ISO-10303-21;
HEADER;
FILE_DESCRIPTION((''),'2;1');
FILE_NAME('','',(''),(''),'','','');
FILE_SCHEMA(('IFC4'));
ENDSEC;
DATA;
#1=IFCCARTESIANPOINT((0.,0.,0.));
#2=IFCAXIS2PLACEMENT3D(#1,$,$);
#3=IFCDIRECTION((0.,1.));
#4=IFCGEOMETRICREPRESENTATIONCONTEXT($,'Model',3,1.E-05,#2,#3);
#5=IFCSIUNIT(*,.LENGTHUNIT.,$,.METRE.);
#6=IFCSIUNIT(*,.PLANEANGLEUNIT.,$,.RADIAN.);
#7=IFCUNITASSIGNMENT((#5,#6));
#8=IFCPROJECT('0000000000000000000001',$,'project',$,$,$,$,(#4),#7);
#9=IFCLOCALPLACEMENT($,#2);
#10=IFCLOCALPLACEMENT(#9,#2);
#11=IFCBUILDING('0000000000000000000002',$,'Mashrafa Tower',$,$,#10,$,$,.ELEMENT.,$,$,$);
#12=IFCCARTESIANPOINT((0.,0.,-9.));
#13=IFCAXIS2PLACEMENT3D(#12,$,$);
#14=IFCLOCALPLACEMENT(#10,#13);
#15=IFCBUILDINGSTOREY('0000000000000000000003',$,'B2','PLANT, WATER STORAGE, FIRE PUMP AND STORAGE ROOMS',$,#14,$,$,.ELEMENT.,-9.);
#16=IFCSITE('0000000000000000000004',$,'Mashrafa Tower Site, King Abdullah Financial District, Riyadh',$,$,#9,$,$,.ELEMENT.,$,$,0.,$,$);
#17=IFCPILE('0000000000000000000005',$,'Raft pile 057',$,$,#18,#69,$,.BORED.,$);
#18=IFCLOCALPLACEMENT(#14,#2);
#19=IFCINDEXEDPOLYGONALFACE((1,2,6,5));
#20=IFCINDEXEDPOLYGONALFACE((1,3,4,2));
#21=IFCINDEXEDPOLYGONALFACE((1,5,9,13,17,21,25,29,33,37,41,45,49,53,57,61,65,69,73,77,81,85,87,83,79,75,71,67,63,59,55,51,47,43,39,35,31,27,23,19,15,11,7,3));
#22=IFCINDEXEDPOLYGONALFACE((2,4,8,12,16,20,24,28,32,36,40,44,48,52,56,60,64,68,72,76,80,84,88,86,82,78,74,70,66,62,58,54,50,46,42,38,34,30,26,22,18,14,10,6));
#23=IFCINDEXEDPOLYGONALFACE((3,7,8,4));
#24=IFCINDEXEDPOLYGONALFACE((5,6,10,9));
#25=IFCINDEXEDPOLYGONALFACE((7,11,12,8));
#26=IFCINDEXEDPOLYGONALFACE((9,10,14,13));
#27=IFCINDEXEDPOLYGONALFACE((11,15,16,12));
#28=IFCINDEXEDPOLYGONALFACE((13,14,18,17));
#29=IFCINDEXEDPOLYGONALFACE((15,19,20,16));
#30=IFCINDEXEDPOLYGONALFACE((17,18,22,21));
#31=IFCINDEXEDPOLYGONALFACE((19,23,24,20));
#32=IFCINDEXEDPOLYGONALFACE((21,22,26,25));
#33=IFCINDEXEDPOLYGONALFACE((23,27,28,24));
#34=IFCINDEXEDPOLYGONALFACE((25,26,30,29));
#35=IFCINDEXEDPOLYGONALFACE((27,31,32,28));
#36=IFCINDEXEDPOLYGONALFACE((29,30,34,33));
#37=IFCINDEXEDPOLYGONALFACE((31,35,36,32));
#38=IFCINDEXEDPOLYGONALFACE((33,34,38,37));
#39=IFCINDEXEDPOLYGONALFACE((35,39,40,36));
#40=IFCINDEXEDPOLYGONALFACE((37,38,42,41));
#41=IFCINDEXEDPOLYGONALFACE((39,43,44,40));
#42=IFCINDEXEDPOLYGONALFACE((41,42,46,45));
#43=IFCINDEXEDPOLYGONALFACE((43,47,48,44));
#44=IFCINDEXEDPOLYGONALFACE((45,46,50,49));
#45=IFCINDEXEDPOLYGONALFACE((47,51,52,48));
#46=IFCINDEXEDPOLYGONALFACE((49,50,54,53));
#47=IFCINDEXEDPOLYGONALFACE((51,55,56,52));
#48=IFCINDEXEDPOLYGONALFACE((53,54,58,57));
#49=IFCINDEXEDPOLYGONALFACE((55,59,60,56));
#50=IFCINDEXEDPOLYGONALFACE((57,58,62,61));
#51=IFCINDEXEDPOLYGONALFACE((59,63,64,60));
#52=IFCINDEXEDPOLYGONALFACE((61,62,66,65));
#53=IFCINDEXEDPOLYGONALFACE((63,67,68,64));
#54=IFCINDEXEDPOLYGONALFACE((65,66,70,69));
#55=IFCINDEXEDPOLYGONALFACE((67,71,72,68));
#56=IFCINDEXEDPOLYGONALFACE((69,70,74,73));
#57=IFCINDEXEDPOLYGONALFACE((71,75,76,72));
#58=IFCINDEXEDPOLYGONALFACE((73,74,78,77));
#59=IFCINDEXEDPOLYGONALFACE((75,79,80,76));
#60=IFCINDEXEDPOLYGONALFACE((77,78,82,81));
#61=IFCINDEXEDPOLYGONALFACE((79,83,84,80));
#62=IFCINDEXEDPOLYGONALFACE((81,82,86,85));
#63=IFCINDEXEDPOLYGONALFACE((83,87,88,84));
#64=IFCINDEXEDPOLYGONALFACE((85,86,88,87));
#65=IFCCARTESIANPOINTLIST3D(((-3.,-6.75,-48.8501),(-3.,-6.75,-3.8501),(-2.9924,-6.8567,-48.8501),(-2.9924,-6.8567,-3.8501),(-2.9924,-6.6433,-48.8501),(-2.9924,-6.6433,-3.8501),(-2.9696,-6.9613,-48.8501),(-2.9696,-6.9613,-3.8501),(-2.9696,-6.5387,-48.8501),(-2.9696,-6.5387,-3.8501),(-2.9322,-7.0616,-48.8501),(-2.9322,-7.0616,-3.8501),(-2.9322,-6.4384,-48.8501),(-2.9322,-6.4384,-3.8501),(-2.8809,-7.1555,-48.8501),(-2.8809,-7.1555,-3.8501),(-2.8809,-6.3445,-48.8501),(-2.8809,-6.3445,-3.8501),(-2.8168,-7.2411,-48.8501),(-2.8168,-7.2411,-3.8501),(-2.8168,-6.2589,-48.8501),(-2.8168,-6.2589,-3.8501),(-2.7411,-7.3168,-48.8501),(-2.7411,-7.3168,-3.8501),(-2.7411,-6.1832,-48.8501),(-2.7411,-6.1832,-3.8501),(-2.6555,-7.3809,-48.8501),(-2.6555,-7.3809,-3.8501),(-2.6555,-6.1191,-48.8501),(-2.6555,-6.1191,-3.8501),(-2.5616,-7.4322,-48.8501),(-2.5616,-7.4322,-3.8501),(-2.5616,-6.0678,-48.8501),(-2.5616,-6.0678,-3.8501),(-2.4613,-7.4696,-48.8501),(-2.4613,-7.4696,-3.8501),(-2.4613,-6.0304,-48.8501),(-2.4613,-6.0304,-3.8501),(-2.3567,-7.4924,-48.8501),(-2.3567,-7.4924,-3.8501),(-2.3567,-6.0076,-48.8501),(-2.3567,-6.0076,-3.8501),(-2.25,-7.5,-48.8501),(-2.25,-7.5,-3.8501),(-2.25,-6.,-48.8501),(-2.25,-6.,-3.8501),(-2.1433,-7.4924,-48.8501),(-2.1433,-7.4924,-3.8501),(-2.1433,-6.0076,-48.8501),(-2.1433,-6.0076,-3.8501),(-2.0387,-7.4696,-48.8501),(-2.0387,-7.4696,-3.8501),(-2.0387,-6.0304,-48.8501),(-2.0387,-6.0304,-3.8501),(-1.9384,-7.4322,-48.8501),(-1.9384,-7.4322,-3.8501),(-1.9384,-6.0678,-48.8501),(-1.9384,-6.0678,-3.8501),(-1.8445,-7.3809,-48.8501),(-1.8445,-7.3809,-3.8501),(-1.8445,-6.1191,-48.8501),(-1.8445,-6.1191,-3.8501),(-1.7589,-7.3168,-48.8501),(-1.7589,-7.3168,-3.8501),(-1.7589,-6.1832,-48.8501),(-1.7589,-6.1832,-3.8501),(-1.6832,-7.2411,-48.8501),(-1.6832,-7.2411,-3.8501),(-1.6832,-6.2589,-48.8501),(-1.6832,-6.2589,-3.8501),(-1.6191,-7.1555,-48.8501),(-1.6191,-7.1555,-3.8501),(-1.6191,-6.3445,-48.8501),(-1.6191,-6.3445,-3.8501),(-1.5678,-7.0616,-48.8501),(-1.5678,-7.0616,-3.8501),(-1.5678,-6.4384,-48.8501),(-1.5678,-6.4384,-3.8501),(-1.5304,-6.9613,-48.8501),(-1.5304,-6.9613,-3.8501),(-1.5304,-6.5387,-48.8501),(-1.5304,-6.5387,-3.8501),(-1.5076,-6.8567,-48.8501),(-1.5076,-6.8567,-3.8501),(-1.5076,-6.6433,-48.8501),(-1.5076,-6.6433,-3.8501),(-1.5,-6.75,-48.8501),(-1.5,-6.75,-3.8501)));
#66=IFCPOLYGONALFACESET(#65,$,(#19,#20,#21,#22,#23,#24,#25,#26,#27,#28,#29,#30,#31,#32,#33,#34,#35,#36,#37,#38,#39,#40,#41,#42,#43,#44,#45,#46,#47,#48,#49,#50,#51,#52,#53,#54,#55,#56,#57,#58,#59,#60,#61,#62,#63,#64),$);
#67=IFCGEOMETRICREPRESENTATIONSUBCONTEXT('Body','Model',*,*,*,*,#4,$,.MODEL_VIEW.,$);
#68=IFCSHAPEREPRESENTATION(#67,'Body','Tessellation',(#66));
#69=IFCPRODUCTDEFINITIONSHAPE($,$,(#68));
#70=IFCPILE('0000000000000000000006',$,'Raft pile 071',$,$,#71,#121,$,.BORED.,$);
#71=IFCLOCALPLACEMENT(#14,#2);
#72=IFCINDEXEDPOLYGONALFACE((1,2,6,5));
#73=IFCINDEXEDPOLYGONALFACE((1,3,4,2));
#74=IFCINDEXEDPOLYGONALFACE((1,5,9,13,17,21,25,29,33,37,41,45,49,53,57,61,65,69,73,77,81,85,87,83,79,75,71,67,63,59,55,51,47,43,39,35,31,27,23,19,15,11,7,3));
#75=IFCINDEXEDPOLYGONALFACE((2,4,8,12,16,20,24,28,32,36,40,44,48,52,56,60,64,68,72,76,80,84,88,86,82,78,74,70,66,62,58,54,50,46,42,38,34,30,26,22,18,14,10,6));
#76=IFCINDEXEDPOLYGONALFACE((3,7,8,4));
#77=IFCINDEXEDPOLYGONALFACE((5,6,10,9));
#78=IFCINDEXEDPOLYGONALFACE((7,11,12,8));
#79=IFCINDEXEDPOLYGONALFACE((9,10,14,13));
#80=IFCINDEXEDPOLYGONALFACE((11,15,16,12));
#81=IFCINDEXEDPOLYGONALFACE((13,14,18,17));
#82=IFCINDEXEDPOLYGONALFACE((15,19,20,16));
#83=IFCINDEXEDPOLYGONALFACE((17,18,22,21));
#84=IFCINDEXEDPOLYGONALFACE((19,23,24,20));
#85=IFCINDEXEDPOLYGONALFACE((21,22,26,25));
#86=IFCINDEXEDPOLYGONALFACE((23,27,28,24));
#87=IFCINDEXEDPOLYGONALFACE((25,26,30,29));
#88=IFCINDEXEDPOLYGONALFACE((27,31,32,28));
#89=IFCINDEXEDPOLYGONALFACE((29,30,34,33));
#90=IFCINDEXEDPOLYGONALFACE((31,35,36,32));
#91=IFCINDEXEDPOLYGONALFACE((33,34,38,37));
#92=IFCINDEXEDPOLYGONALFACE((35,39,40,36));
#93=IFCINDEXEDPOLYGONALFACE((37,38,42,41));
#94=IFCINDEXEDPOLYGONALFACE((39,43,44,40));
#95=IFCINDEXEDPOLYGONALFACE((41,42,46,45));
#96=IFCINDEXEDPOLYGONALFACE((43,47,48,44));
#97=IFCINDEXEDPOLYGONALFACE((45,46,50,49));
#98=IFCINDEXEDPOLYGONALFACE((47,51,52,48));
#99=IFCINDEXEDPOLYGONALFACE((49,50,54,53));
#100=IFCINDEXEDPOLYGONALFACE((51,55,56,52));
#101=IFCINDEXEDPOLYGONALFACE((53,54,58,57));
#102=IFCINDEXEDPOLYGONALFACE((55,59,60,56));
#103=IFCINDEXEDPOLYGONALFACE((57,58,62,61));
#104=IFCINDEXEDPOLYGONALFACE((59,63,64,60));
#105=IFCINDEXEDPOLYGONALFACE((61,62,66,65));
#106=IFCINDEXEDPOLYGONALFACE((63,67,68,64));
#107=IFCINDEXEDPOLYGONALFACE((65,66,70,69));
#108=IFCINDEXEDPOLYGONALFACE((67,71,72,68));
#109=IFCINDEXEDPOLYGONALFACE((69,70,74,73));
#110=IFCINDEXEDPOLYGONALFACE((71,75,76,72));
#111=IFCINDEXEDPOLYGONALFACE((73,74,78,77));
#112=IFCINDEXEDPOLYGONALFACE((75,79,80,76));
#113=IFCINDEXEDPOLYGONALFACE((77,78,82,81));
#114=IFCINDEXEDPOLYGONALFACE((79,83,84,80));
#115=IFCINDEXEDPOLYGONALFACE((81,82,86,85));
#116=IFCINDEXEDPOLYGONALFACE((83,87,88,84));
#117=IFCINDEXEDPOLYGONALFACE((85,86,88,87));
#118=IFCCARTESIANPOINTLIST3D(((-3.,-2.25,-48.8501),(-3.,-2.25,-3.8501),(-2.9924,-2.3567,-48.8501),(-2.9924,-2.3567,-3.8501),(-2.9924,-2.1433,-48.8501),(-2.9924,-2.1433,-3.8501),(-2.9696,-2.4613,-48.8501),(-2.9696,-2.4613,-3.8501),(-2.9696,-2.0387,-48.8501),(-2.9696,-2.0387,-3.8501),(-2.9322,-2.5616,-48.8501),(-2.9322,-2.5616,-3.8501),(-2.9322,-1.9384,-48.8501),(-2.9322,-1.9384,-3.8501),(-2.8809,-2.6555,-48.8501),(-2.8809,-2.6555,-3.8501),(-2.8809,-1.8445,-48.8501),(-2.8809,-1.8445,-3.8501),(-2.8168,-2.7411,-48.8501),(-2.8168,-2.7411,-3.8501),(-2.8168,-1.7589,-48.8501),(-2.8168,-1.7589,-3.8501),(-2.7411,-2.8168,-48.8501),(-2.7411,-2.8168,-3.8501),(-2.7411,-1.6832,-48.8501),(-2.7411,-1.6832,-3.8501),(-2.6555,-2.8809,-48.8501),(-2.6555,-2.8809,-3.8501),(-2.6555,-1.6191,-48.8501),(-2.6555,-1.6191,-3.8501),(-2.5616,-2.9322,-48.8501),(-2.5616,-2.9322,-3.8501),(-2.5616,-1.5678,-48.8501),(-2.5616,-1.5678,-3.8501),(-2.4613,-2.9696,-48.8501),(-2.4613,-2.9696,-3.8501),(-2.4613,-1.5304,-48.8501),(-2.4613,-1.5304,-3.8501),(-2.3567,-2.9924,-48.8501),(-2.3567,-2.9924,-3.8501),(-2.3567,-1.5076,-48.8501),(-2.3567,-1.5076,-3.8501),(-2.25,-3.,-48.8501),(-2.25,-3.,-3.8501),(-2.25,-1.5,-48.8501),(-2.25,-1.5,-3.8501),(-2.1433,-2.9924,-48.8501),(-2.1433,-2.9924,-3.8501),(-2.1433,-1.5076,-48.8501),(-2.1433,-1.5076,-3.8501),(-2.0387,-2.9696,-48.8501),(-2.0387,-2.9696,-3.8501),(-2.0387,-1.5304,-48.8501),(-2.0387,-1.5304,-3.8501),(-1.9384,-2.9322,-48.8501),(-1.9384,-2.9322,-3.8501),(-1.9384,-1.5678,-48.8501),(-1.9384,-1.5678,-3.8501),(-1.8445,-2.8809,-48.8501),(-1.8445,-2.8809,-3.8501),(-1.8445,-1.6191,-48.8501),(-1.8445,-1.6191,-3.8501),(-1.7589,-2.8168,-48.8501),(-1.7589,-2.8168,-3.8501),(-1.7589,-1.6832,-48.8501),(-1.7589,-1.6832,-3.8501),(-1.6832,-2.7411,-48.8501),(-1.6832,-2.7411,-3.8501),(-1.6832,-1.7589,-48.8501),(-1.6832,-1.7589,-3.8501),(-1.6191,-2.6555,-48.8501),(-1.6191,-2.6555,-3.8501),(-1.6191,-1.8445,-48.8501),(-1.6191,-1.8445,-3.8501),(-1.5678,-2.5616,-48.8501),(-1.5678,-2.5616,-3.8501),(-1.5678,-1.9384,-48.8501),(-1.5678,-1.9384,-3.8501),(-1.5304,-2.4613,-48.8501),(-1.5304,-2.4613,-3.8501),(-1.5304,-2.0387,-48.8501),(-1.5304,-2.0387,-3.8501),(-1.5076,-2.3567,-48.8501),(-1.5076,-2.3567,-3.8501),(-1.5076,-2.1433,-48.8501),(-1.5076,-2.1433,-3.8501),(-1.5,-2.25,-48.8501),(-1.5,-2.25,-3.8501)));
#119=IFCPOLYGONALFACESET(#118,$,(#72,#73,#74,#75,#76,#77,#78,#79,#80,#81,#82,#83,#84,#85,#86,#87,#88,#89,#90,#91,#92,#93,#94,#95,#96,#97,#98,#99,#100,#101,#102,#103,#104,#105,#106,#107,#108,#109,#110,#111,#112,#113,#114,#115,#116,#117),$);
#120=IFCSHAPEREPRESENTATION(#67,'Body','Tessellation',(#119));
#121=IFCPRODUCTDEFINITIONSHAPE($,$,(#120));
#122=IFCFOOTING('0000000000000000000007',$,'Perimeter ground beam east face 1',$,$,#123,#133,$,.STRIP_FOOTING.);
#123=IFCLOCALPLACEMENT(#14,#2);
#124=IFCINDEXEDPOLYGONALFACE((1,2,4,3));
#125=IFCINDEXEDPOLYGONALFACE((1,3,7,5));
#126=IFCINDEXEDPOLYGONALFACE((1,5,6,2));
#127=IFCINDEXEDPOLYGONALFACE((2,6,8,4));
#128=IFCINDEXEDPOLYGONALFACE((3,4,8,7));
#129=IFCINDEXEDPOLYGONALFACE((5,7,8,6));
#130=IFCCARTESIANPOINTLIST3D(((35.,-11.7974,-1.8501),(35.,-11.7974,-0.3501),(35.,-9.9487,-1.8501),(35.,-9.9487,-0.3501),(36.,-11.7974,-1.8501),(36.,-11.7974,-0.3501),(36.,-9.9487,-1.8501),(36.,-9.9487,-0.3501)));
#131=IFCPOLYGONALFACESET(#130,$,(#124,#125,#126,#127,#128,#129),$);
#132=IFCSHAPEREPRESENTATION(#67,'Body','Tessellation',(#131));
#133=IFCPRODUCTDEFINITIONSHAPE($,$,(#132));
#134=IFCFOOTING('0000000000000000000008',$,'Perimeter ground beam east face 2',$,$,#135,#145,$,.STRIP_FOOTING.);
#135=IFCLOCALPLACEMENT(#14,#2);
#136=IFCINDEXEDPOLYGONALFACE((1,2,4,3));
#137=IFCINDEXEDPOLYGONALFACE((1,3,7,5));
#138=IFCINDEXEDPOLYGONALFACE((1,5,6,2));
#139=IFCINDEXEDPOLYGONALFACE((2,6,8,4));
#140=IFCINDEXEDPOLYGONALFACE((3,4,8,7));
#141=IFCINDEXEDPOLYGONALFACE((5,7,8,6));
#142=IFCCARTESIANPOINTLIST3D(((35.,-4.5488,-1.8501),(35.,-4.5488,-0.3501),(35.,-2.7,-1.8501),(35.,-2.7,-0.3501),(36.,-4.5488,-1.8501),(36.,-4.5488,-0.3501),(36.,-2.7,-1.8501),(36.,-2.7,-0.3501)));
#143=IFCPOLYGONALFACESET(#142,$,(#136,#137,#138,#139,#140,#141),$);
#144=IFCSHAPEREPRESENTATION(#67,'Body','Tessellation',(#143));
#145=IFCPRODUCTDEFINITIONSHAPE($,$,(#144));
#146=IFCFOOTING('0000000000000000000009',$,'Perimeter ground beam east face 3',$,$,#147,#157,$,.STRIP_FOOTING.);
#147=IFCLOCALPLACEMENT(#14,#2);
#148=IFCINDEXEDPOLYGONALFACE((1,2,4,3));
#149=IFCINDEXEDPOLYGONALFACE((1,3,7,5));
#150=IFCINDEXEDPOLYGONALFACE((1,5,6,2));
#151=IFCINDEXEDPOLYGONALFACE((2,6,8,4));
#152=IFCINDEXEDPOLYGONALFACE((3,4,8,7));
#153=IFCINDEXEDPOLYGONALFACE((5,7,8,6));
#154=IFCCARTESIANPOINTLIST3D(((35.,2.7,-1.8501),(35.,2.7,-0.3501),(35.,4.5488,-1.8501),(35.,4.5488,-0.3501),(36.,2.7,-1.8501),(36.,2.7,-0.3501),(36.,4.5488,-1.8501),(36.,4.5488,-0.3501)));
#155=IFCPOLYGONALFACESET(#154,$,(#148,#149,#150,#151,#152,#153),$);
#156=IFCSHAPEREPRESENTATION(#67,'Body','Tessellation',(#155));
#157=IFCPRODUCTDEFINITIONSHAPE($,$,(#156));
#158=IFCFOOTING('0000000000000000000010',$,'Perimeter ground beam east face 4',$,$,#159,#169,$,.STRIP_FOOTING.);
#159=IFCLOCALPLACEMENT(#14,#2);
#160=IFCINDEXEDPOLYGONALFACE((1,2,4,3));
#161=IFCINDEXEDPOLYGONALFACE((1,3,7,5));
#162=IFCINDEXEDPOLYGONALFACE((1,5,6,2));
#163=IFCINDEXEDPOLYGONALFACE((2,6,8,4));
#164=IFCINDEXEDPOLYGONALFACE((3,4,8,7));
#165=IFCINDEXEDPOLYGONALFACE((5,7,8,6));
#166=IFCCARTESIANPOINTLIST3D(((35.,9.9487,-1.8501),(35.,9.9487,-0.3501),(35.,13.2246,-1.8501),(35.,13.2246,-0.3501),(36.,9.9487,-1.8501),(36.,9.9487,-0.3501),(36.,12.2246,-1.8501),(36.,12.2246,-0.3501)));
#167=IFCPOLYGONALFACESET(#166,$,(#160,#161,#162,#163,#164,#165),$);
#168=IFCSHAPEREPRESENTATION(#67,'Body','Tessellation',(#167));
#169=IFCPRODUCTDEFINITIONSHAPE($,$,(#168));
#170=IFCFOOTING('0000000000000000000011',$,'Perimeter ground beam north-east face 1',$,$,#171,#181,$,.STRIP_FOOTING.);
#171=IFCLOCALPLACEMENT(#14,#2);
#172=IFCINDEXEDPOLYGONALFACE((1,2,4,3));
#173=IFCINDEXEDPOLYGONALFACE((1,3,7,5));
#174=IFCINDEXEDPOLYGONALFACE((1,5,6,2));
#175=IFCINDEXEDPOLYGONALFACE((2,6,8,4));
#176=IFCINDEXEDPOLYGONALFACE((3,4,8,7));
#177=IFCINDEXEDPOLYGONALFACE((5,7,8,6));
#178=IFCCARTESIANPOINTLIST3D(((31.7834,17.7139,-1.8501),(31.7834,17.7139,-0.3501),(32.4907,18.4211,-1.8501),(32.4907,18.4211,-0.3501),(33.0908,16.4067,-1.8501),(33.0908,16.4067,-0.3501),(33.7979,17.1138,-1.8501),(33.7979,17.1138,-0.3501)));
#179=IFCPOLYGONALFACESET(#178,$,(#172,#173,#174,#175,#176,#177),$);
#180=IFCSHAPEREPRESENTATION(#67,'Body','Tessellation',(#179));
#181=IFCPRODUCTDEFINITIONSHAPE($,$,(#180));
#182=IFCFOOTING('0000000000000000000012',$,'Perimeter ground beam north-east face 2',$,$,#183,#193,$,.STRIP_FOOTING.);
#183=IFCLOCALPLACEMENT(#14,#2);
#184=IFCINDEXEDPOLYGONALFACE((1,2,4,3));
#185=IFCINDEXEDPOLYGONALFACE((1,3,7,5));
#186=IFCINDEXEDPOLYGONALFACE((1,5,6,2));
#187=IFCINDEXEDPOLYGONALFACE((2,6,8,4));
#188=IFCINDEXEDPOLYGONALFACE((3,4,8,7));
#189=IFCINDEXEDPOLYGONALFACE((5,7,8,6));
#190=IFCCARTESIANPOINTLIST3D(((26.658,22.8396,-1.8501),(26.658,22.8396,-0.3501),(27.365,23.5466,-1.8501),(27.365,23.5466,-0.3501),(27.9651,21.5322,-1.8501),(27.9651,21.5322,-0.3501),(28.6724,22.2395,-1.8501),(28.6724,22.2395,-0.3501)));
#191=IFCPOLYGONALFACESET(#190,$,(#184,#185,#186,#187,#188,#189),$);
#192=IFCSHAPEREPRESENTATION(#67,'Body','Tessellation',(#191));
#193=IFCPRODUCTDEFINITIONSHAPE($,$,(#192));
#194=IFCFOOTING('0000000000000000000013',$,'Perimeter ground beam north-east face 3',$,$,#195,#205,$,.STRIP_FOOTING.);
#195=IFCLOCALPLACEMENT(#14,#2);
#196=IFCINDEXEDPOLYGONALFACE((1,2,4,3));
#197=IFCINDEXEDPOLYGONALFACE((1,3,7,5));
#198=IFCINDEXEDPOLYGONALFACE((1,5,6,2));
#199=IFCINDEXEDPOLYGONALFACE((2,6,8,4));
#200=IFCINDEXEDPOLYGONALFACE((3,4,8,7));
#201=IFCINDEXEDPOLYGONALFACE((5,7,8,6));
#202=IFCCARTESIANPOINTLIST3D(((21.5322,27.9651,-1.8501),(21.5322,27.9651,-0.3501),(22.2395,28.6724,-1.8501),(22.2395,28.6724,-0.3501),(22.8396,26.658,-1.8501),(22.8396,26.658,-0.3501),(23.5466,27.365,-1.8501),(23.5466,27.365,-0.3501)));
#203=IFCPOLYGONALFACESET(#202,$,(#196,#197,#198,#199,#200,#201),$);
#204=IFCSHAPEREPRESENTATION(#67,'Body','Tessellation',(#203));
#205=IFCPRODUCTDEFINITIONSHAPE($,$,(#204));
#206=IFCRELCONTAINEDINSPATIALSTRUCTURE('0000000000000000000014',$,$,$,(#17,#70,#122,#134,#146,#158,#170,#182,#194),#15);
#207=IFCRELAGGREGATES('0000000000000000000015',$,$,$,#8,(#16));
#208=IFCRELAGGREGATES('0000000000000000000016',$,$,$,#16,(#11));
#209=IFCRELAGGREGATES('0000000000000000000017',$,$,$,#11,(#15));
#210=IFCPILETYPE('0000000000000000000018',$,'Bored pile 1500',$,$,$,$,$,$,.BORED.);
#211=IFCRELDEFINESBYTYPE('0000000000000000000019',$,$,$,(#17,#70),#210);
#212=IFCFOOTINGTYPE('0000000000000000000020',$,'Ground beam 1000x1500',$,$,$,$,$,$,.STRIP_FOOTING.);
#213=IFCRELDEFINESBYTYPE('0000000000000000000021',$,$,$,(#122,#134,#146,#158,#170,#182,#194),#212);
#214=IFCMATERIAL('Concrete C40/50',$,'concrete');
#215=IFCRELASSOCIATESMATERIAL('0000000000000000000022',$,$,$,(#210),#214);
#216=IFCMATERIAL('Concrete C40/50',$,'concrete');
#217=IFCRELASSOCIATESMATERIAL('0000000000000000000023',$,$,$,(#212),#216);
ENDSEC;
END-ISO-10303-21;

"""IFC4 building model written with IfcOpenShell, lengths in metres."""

from ifc_helpers import new_model, si_unit, direction, frame, origin, origin_2d, place, context, subcontext, project, spatial, polyline, circle, outline, extrude, material, material_profile, profile_set, type_object, element, save


model = new_model("IFC4")

# Units and contexts
model_context = context("Model", 3, precision=1e-05, world=origin(), true_north=direction((0.0, 1.0)))
body_context = subcontext(model_context, "Body", "Model", "MODEL_VIEW")
ifc_project = project(units=[si_unit("LENGTHUNIT", "METRE"), si_unit("PLANEANGLEUNIT", "RADIAN")], contexts=[model_context])

# Site, building, storey
site_placement = place(None, origin())
site = spatial("IfcSite", under=ifc_project, at=site_placement, Name="Mashrafa Tower Site, King Abdullah Financial District, Riyadh", CompositionType="ELEMENT", RefElevation=0.0)
building_placement = place(site_placement, origin())
building = spatial("IfcBuilding", under=site, at=building_placement, Name="Mashrafa Tower", CompositionType="ELEMENT")
storey_placement = place(building_placement, frame((0.0, 0.0, -9.0)))
storey = spatial("IfcBuildingStorey", under=building, at=storey_placement, Name="B2", Description="PLANT, WATER STORAGE, FIRE PUMP AND STORAGE ROOMS", CompositionType="ELEMENT", Elevation=-9.0)

# Piles
ifc_material_1 = material(Name="Concrete C40/50", Category="concrete")
ifc_material_profile = material_profile(ifc_material_1, circle(Radius=0.75, at=origin_2d()), Name="1500 DIA")
ifc_profile_set = profile_set([ifc_material_profile], Name="Concrete C40/50")
pile_type = type_object("IfcPileType", Name="Bored pile 1500", PredefinedType="BORED", material=ifc_profile_set)
for number, where, z_axis, x_axis, name in (
    (1, (-2.25, -6.75, -3.8501), (0.0, 0.0, -1.0), (1.0, 0.0, 0.0), "Raft pile 057"),
    (2, (-2.25, -2.25, -3.8501), (0.0, 0.0, -1.0), (1.0, 0.0, 0.0), "Raft pile 071"),
):
    element("IfcPile", number, at=place(storey_placement, frame(where, z_axis=z_axis, x_axis=x_axis)), inside=storey, type_object=pile_type, Name=name, PredefinedType="BORED", context=body_context, shape_type="SweptSolid", body=[
        extrude(circle(Radius=0.75, at=origin_2d()), origin(), (0.0, 0.0, 1.0), 45.0),
    ])

# Footings
ifc_material_2 = material(Name="Concrete C40/50", Category="concrete")
footing_type_1 = type_object("IfcFootingType", Name="Ground beam 1000x1500", PredefinedType="STRIP_FOOTING", material=ifc_material_2)
footing_1_placement = place(storey_placement, frame((0.0, 0.0, -1.8501)))
element("IfcFooting", 3, at=footing_1_placement, inside=storey, type_object=footing_type_1, Name="Perimeter ground beam east face 1", PredefinedType="STRIP_FOOTING", context=body_context, shape_type="SweptSolid", body=[
    extrude(outline(polyline([(35.0, -9.9487), (36.0, -9.9487), (36.0, -11.7974), (35.0, -11.7974), (35.0, -9.9487)])), origin(), (0.0, 0.0, 1.0), 1.5),
])
footing_2_placement = place(storey_placement, frame((0.0, 0.0, -1.8501)))
element("IfcFooting", 4, at=footing_2_placement, inside=storey, type_object=footing_type_1, Name="Perimeter ground beam east face 2", PredefinedType="STRIP_FOOTING", context=body_context, shape_type="SweptSolid", body=[
    extrude(outline(polyline([(35.0, -2.7), (36.0, -2.7), (36.0, -4.5488), (35.0, -4.5488), (35.0, -2.7)])), origin(), (0.0, 0.0, 1.0), 1.5),
])
footing_3_placement = place(storey_placement, frame((0.0, 0.0, -1.8501)))
element("IfcFooting", 5, at=footing_3_placement, inside=storey, type_object=footing_type_1, Name="Perimeter ground beam east face 3", PredefinedType="STRIP_FOOTING", context=body_context, shape_type="SweptSolid", body=[
    extrude(outline(polyline([(35.0, 4.5488), (36.0, 4.5488), (36.0, 2.7), (35.0, 2.7), (35.0, 4.5488)])), origin(), (0.0, 0.0, 1.0), 1.5),
])
footing_4_placement = place(storey_placement, frame((0.0, 0.0, -1.8501)))
element("IfcFooting", 6, at=footing_4_placement, inside=storey, type_object=footing_type_1, Name="Perimeter ground beam east face 4", PredefinedType="STRIP_FOOTING", context=body_context, shape_type="SweptSolid", body=[
    extrude(outline(polyline([(35.0, 13.2246), (36.0, 12.2246), (36.0, 9.9487), (35.0, 9.9487), (35.0, 13.2246)])), origin(), (0.0, 0.0, 1.0), 1.5),
])
footing_5_placement = place(storey_placement, frame((0.0, 0.0, -1.8501)))
element("IfcFooting", 7, at=footing_5_placement, inside=storey, type_object=footing_type_1, Name="Perimeter ground beam north-east face 1", PredefinedType="STRIP_FOOTING", context=body_context, shape_type="SweptSolid", body=[
    extrude(outline(polyline([(31.7834, 17.7139), (32.4907, 18.4211), (33.7979, 17.1138), (33.0908, 16.4067), (31.7834, 17.7139)])), origin(), (0.0, 0.0, 1.0), 1.5),
])
footing_6_placement = place(storey_placement, frame((0.0, 0.0, -1.8501)))
element("IfcFooting", 8, at=footing_6_placement, inside=storey, type_object=footing_type_1, Name="Perimeter ground beam north-east face 2", PredefinedType="STRIP_FOOTING", context=body_context, shape_type="SweptSolid", body=[
    extrude(outline(polyline([(26.658, 22.8396), (27.365, 23.5466), (28.6724, 22.2395), (27.9651, 21.5322), (26.658, 22.8396)])), origin(), (0.0, 0.0, 1.0), 1.5),
])
footing_7_placement = place(storey_placement, frame((0.0, 0.0, -1.8501)))
element("IfcFooting", 9, at=footing_7_placement, inside=storey, type_object=footing_type_1, Name="Perimeter ground beam north-east face 3", PredefinedType="STRIP_FOOTING", context=body_context, shape_type="SweptSolid", body=[
    extrude(outline(polyline([(21.5322, 27.9651), (22.2395, 28.6724), (23.5466, 27.365), (22.8396, 26.658), (21.5322, 27.9651)])), origin(), (0.0, 0.0, 1.0), 1.5),
])

save(model, "model.ifc")
